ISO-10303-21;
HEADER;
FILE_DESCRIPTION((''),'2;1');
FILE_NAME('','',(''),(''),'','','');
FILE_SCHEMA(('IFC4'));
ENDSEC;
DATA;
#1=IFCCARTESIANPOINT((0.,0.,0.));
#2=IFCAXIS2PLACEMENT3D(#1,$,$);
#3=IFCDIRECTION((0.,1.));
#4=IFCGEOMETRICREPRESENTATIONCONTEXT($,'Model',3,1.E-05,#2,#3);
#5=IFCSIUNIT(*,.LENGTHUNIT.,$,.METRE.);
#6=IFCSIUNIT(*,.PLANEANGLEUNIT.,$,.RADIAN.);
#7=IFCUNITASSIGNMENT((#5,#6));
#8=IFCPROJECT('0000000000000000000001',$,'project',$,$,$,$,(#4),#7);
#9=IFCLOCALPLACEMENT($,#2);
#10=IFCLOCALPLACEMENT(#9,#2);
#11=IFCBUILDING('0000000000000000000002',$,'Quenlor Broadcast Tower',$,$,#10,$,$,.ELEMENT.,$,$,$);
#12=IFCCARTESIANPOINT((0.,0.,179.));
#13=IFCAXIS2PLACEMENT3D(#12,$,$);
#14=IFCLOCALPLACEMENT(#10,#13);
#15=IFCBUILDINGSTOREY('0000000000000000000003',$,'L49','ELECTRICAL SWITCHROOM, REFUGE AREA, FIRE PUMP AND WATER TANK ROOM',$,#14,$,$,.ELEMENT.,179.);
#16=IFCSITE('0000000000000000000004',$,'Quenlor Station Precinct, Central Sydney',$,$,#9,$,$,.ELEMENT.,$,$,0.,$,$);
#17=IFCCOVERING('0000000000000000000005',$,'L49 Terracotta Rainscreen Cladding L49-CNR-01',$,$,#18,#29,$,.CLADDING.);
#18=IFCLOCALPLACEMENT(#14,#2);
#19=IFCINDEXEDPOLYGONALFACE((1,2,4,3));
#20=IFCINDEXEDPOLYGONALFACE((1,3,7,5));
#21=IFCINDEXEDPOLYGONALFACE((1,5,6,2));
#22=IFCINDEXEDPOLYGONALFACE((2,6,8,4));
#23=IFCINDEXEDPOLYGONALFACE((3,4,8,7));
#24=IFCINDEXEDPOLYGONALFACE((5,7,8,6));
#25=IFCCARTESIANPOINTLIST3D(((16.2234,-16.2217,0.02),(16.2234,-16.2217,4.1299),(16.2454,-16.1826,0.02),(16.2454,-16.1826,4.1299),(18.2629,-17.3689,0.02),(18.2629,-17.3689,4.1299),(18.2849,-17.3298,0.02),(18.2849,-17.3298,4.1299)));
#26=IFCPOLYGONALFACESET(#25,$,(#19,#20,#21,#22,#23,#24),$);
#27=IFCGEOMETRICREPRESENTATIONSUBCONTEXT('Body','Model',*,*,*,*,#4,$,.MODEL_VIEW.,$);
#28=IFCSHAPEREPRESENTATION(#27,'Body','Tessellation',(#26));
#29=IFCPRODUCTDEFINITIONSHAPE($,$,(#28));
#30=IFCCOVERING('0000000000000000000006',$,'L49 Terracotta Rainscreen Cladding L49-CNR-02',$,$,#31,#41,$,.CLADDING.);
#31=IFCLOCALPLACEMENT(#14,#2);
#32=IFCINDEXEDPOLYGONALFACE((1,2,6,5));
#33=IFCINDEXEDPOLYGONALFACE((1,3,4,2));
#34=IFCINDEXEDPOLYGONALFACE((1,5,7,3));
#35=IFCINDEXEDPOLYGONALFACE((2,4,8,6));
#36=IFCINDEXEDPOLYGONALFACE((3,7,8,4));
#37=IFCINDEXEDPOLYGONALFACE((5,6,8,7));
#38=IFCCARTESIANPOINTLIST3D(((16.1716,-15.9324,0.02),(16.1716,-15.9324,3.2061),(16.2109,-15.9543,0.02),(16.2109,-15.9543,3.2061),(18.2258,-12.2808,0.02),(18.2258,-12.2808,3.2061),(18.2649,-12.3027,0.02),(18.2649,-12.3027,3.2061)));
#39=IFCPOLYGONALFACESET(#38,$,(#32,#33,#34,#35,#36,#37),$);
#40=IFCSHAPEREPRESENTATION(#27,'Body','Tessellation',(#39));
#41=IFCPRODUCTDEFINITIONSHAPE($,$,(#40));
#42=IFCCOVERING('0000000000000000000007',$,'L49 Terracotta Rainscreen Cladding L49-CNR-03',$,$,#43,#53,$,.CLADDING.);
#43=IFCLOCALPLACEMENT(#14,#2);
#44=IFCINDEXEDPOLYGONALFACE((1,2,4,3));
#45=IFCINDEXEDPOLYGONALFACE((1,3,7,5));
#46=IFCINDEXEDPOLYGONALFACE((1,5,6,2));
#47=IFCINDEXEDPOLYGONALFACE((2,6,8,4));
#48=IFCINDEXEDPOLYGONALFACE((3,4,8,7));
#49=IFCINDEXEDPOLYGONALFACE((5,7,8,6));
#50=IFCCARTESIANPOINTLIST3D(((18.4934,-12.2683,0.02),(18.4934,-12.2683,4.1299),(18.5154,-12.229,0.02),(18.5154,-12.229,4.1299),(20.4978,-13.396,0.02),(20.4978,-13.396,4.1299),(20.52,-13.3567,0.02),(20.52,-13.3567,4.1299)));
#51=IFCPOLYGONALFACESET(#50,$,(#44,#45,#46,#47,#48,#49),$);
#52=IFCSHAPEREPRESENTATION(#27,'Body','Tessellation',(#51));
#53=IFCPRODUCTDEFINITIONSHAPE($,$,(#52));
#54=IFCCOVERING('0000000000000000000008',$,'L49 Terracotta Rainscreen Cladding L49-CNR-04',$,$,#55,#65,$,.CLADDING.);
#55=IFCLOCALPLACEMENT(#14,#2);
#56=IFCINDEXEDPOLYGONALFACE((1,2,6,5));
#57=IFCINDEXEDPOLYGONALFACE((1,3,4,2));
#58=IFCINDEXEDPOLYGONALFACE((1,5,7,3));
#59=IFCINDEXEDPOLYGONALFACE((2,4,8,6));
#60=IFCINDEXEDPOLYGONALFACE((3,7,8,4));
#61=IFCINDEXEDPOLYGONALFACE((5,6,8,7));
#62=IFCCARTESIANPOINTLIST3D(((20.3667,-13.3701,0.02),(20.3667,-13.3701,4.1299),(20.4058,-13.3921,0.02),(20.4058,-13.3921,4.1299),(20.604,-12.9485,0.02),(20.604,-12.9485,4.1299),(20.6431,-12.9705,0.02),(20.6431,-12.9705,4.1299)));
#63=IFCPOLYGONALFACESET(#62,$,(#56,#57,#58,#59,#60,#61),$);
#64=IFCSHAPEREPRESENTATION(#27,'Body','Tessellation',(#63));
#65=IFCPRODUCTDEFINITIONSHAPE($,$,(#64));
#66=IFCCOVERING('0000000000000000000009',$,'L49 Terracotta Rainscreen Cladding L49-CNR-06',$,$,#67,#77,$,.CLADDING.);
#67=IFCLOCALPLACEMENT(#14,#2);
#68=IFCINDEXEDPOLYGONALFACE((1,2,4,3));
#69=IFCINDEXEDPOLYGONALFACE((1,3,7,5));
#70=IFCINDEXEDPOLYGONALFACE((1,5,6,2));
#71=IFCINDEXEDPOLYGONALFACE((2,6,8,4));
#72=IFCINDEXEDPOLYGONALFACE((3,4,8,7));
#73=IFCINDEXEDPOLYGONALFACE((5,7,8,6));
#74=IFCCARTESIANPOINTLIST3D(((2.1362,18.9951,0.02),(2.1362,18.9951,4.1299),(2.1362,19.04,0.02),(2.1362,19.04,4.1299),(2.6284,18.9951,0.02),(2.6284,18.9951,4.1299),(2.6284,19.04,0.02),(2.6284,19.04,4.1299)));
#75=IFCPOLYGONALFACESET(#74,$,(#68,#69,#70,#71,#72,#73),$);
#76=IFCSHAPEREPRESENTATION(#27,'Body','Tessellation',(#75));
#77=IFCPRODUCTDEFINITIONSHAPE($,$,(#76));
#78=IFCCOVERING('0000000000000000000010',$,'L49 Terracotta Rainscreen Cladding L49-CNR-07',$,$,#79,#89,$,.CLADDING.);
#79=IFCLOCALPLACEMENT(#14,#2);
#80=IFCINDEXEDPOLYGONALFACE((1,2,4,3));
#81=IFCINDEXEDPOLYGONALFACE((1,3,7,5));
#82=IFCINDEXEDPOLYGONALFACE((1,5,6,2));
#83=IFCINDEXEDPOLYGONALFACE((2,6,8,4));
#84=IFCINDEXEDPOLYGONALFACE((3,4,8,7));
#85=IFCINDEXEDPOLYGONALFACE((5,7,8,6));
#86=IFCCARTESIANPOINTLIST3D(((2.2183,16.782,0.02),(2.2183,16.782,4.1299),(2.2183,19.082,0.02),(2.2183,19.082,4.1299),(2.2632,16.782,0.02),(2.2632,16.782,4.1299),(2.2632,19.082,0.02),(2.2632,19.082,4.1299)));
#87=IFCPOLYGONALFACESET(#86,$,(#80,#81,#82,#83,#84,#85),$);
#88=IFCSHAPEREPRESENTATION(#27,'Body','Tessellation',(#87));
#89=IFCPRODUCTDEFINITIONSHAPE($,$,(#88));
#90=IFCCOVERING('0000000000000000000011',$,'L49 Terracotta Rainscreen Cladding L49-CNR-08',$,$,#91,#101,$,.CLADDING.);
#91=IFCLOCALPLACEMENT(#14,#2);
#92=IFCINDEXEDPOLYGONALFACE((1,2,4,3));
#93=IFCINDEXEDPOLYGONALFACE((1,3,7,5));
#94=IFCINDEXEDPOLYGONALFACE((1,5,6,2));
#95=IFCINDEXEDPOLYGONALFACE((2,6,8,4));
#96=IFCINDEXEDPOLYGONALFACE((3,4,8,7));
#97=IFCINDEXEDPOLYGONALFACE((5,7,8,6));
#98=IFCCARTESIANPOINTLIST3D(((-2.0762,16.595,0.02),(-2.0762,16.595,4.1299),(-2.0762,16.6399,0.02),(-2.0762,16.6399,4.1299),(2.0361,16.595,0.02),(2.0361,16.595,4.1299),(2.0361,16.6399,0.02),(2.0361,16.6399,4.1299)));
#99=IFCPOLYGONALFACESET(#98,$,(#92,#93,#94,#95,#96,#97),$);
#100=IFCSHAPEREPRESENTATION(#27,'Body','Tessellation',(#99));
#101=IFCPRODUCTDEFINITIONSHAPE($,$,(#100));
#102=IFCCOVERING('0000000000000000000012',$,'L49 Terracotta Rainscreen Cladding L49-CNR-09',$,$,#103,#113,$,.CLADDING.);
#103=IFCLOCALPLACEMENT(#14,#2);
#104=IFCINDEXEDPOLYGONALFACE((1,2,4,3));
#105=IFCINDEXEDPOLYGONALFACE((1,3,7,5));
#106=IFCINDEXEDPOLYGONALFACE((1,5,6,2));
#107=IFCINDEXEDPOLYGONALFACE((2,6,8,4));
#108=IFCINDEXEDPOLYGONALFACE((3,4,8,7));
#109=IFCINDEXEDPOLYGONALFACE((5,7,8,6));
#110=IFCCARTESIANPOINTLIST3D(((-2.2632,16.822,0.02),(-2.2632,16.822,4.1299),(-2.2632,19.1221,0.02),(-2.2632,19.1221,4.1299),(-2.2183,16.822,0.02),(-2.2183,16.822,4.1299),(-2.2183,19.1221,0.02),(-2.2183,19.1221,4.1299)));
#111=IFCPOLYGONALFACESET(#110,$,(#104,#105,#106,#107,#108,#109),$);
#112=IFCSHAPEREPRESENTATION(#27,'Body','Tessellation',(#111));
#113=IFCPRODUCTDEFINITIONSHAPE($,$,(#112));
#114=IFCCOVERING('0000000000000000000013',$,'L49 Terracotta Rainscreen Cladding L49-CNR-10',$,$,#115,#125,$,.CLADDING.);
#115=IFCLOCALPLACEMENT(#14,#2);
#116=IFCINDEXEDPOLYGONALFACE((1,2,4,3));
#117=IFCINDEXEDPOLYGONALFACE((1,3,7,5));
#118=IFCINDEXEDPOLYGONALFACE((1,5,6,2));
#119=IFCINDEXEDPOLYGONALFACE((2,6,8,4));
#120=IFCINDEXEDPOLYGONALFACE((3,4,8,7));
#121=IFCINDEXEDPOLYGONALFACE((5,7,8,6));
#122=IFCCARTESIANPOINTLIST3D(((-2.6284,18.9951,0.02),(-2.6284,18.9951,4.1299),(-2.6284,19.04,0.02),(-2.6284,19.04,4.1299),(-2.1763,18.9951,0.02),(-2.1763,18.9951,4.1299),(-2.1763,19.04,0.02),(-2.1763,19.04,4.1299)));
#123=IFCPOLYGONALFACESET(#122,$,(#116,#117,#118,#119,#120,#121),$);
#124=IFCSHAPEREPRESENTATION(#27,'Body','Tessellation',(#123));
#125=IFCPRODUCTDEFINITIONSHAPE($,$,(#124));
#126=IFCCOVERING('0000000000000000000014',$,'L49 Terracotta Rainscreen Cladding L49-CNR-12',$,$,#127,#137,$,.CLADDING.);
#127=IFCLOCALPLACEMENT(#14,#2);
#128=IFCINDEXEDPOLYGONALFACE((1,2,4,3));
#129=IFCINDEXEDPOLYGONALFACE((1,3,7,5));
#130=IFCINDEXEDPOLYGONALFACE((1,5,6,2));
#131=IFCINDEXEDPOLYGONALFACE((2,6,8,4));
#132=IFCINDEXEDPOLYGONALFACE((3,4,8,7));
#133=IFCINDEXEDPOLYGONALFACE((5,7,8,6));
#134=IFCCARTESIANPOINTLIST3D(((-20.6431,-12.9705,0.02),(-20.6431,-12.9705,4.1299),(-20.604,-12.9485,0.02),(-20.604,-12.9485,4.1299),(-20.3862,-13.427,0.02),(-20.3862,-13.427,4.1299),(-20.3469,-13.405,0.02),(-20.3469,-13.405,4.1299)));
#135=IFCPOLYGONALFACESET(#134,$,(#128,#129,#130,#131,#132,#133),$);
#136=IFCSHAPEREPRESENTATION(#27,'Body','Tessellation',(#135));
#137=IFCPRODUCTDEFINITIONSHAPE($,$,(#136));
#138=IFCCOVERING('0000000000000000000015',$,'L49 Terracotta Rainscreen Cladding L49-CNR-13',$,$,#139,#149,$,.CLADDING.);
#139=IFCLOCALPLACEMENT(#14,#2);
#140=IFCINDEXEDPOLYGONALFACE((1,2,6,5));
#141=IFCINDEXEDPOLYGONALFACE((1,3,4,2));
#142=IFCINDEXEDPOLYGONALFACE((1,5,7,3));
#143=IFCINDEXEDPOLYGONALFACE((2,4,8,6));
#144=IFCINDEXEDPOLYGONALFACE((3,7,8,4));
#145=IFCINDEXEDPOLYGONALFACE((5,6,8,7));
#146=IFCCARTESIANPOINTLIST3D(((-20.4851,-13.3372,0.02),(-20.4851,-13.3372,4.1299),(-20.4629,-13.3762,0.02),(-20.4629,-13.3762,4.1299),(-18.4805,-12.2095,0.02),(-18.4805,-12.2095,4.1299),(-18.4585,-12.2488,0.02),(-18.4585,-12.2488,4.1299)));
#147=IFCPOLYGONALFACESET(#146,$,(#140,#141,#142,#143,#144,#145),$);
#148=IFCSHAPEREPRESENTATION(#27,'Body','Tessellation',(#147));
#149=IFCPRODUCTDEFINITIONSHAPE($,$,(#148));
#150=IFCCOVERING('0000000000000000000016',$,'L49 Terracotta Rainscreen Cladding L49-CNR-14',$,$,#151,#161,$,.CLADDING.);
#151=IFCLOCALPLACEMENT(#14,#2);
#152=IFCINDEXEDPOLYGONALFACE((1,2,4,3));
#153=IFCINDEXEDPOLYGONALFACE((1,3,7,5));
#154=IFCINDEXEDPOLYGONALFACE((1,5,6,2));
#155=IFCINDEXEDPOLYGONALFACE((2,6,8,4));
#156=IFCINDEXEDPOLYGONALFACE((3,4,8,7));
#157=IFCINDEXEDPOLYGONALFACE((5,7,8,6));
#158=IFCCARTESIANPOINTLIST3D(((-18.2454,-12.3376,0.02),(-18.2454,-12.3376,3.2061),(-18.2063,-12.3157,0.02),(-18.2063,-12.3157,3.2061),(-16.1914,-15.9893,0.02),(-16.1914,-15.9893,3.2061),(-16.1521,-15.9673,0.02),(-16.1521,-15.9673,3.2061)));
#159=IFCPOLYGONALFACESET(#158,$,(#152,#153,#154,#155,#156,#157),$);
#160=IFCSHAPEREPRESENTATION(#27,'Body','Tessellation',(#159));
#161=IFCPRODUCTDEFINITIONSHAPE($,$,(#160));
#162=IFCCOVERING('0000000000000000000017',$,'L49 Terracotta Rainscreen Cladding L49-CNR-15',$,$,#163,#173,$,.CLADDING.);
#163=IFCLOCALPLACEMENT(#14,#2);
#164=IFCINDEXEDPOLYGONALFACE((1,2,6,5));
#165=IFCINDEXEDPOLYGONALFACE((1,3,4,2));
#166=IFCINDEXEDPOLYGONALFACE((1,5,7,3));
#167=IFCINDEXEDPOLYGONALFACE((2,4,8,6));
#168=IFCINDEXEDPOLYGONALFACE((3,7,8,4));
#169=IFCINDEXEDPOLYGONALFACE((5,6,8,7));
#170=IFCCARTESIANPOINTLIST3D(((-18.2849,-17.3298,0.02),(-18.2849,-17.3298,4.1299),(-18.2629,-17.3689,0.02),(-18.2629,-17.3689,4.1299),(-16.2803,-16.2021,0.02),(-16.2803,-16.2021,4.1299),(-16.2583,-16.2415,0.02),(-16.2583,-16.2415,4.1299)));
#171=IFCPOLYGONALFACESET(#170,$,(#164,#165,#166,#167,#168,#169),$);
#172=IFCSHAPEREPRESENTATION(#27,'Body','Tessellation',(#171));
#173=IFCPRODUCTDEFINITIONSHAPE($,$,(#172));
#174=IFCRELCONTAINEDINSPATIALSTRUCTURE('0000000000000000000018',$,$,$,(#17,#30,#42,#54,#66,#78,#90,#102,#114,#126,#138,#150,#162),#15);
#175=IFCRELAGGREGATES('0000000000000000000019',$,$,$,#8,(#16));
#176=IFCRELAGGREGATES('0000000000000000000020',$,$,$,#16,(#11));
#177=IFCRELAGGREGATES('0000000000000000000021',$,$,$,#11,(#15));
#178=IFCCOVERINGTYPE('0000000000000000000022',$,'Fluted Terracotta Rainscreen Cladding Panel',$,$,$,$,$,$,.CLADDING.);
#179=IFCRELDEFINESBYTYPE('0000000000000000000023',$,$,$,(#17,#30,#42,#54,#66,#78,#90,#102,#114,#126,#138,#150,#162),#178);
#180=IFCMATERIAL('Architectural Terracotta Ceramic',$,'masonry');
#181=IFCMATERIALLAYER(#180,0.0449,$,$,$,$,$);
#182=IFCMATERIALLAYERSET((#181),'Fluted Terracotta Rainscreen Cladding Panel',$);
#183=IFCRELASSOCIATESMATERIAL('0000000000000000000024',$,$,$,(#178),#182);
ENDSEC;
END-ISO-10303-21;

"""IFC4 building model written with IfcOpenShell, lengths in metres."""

from ifc_helpers import new_model, si_unit, direction, frame, origin, place, context, subcontext, project, spatial, polyline, outline, extrude, material, layer, layer_set, type_object, element, save


model = new_model("IFC4")

# Units and contexts
model_context = context("Model", 3, precision=1e-05, world=origin(), true_north=direction((0.0, 1.0)))
body_context = subcontext(model_context, "Body", "Model", "MODEL_VIEW")
ifc_project = project(units=[si_unit("LENGTHUNIT", "METRE"), si_unit("PLANEANGLEUNIT", "RADIAN")], contexts=[model_context])

# Site, building, storey
site_placement = place(None, origin())
site = spatial("IfcSite", under=ifc_project, at=site_placement, Name="Quenlor Station Precinct, Central Sydney", CompositionType="ELEMENT", RefElevation=0.0)
building_placement = place(site_placement, origin())
building = spatial("IfcBuilding", under=site, at=building_placement, Name="Quenlor Broadcast Tower", CompositionType="ELEMENT")
storey_placement = place(building_placement, frame((0.0, 0.0, 179.0)))
storey = spatial("IfcBuildingStorey", under=building, at=storey_placement, Name="L49", Description="ELECTRICAL SWITCHROOM, REFUGE AREA, FIRE PUMP AND WATER TANK ROOM", CompositionType="ELEMENT", Elevation=179.0)

# Coverings
ifc_material_1 = material(Name="Architectural Terracotta Ceramic", Category="masonry")
ifc_layer_1 = layer(ifc_material_1, 0.0449)
ifc_layer_set_1 = layer_set([ifc_layer_1], Name="Fluted Terracotta Rainscreen Cladding Panel")
covering_type = type_object("IfcCoveringType", Name="Fluted Terracotta Rainscreen Cladding Panel", PredefinedType="CLADDING", material=ifc_layer_set_1)
covering_1_placement = place(storey_placement, frame((0.0, 0.0, 0.02)))
element("IfcCovering", 1, at=covering_1_placement, inside=storey, type_object=covering_type, Name="L49 Terracotta Rainscreen Cladding L49-CNR-01", PredefinedType="CLADDING", context=body_context, shape_type="SweptSolid", body=[
    extrude(outline(polyline([(18.2849, -17.3298), (16.2454, -16.1826), (16.2234, -16.2217), (18.2629, -17.3689), (18.2849, -17.3298)])), origin(), (0.0, 0.0, 1.0), 4.1099),
])
covering_2_placement = place(storey_placement, frame((0.0, 0.0, 0.02)))
element("IfcCovering", 2, at=covering_2_placement, inside=storey, type_object=covering_type, Name="L49 Terracotta Rainscreen Cladding L49-CNR-02", PredefinedType="CLADDING", context=body_context, shape_type="SweptSolid", body=[
    extrude(outline(polyline([(16.2109, -15.9543), (18.2649, -12.3027), (18.2258, -12.2808), (16.1716, -15.9324), (16.2109, -15.9543)])), origin(), (0.0, 0.0, 1.0), 3.186),
])
covering_3_placement = place(storey_placement, frame((0.0, 0.0, 0.02)))
element("IfcCovering", 3, at=covering_3_placement, inside=storey, type_object=covering_type, Name="L49 Terracotta Rainscreen Cladding L49-CNR-03", PredefinedType="CLADDING", context=body_context, shape_type="SweptSolid", body=[
    extrude(outline(polyline([(18.4934, -12.2683), (20.4978, -13.396), (20.52, -13.3567), (18.5154, -12.229), (18.4934, -12.2683)])), origin(), (0.0, 0.0, 1.0), 4.1099),
])
covering_4_placement = place(storey_placement, frame((0.0, 0.0, 0.02)))
element("IfcCovering", 4, at=covering_4_placement, inside=storey, type_object=covering_type, Name="L49 Terracotta Rainscreen Cladding L49-CNR-04", PredefinedType="CLADDING", context=body_context, shape_type="SweptSolid", body=[
    extrude(outline(polyline([(20.4058, -13.3921), (20.6431, -12.9705), (20.604, -12.9485), (20.3667, -13.3701), (20.4058, -13.3921)])), origin(), (0.0, 0.0, 1.0), 4.1099),
])
covering_5_placement = place(storey_placement, frame((0.0, 0.0, 0.02)))
element("IfcCovering", 5, at=covering_5_placement, inside=storey, type_object=covering_type, Name="L49 Terracotta Rainscreen Cladding L49-CNR-06", PredefinedType="CLADDING", context=body_context, shape_type="SweptSolid", body=[
    extrude(outline(polyline([(2.6284, 19.04), (2.1362, 19.04), (2.1362, 18.9951), (2.6284, 18.9951), (2.6284, 19.04)])), origin(), (0.0, 0.0, 1.0), 4.1099),
])
covering_6_placement = place(storey_placement, frame((0.0, 0.0, 0.02)))
element("IfcCovering", 6, at=covering_6_placement, inside=storey, type_object=covering_type, Name="L49 Terracotta Rainscreen Cladding L49-CNR-07", PredefinedType="CLADDING", context=body_context, shape_type="SweptSolid", body=[
    extrude(outline(polyline([(2.2183, 19.082), (2.2183, 16.782), (2.2632, 16.782), (2.2632, 19.082), (2.2183, 19.082)])), origin(), (0.0, 0.0, 1.0), 4.1099),
])
covering_7_placement = place(storey_placement, frame((0.0, 0.0, 0.02)))
element("IfcCovering", 7, at=covering_7_placement, inside=storey, type_object=covering_type, Name="L49 Terracotta Rainscreen Cladding L49-CNR-08", PredefinedType="CLADDING", context=body_context, shape_type="SweptSolid", body=[
    extrude(outline(polyline([(2.0361, 16.6399), (-2.0762, 16.6399), (-2.0762, 16.595), (2.0361, 16.595), (2.0361, 16.6399)])), origin(), (0.0, 0.0, 1.0), 4.1099),
])
covering_8_placement = place(storey_placement, frame((0.0, 0.0, 0.02)))
element("IfcCovering", 8, at=covering_8_placement, inside=storey, type_object=covering_type, Name="L49 Terracotta Rainscreen Cladding L49-CNR-09", PredefinedType="CLADDING", context=body_context, shape_type="SweptSolid", body=[
    extrude(outline(polyline([(-2.2183, 16.822), (-2.2183, 19.1221), (-2.2632, 19.1221), (-2.2632, 16.822), (-2.2183, 16.822)])), origin(), (0.0, 0.0, 1.0), 4.1099),
])
covering_9_placement = place(storey_placement, frame((0.0, 0.0, 0.02)))
element("IfcCovering", 9, at=covering_9_placement, inside=storey, type_object=covering_type, Name="L49 Terracotta Rainscreen Cladding L49-CNR-10", PredefinedType="CLADDING", context=body_context, shape_type="SweptSolid", body=[
    extrude(outline(polyline([(-2.1763, 19.04), (-2.6284, 19.04), (-2.6284, 18.9951), (-2.1763, 18.9951), (-2.1763, 19.04)])), origin(), (0.0, 0.0, 1.0), 4.1099),
])
covering_10_placement = place(storey_placement, frame((0.0, 0.0, 0.02)))
element("IfcCovering", 10, at=covering_10_placement, inside=storey, type_object=covering_type, Name="L49 Terracotta Rainscreen Cladding L49-CNR-12", PredefinedType="CLADDING", context=body_context, shape_type="SweptSolid", body=[
    extrude(outline(polyline([(-20.6431, -12.9705), (-20.3862, -13.427), (-20.3469, -13.405), (-20.604, -12.9485), (-20.6431, -12.9705)])), origin(), (0.0, 0.0, 1.0), 4.1099),
])
covering_11_placement = place(storey_placement, frame((0.0, 0.0, 0.02)))
element("IfcCovering", 11, at=covering_11_placement, inside=storey, type_object=covering_type, Name="L49 Terracotta Rainscreen Cladding L49-CNR-13", PredefinedType="CLADDING", context=body_context, shape_type="SweptSolid", body=[
    extrude(outline(polyline([(-20.4629, -13.3762), (-18.4585, -12.2488), (-18.4805, -12.2095), (-20.4851, -13.3372), (-20.4629, -13.3762)])), origin(), (0.0, 0.0, 1.0), 4.1099),
])
covering_12_placement = place(storey_placement, frame((0.0, 0.0, 0.02)))
element("IfcCovering", 12, at=covering_12_placement, inside=storey, type_object=covering_type, Name="L49 Terracotta Rainscreen Cladding L49-CNR-14", PredefinedType="CLADDING", context=body_context, shape_type="SweptSolid", body=[
    extrude(outline(polyline([(-18.2454, -12.3376), (-16.1914, -15.9893), (-16.1521, -15.9673), (-18.2063, -12.3157), (-18.2454, -12.3376)])), origin(), (0.0, 0.0, 1.0), 3.186),
])
covering_13_placement = place(storey_placement, frame((0.0, 0.0, 0.02)))
element("IfcCovering", 13, at=covering_13_placement, inside=storey, type_object=covering_type, Name="L49 Terracotta Rainscreen Cladding L49-CNR-15", PredefinedType="CLADDING", context=body_context, shape_type="SweptSolid", body=[
    extrude(outline(polyline([(-16.2803, -16.2021), (-18.2849, -17.3298), (-18.2629, -17.3689), (-16.2583, -16.2415), (-16.2803, -16.2021)])), origin(), (0.0, 0.0, 1.0), 4.1099),
])

save(model, "model.ifc")
